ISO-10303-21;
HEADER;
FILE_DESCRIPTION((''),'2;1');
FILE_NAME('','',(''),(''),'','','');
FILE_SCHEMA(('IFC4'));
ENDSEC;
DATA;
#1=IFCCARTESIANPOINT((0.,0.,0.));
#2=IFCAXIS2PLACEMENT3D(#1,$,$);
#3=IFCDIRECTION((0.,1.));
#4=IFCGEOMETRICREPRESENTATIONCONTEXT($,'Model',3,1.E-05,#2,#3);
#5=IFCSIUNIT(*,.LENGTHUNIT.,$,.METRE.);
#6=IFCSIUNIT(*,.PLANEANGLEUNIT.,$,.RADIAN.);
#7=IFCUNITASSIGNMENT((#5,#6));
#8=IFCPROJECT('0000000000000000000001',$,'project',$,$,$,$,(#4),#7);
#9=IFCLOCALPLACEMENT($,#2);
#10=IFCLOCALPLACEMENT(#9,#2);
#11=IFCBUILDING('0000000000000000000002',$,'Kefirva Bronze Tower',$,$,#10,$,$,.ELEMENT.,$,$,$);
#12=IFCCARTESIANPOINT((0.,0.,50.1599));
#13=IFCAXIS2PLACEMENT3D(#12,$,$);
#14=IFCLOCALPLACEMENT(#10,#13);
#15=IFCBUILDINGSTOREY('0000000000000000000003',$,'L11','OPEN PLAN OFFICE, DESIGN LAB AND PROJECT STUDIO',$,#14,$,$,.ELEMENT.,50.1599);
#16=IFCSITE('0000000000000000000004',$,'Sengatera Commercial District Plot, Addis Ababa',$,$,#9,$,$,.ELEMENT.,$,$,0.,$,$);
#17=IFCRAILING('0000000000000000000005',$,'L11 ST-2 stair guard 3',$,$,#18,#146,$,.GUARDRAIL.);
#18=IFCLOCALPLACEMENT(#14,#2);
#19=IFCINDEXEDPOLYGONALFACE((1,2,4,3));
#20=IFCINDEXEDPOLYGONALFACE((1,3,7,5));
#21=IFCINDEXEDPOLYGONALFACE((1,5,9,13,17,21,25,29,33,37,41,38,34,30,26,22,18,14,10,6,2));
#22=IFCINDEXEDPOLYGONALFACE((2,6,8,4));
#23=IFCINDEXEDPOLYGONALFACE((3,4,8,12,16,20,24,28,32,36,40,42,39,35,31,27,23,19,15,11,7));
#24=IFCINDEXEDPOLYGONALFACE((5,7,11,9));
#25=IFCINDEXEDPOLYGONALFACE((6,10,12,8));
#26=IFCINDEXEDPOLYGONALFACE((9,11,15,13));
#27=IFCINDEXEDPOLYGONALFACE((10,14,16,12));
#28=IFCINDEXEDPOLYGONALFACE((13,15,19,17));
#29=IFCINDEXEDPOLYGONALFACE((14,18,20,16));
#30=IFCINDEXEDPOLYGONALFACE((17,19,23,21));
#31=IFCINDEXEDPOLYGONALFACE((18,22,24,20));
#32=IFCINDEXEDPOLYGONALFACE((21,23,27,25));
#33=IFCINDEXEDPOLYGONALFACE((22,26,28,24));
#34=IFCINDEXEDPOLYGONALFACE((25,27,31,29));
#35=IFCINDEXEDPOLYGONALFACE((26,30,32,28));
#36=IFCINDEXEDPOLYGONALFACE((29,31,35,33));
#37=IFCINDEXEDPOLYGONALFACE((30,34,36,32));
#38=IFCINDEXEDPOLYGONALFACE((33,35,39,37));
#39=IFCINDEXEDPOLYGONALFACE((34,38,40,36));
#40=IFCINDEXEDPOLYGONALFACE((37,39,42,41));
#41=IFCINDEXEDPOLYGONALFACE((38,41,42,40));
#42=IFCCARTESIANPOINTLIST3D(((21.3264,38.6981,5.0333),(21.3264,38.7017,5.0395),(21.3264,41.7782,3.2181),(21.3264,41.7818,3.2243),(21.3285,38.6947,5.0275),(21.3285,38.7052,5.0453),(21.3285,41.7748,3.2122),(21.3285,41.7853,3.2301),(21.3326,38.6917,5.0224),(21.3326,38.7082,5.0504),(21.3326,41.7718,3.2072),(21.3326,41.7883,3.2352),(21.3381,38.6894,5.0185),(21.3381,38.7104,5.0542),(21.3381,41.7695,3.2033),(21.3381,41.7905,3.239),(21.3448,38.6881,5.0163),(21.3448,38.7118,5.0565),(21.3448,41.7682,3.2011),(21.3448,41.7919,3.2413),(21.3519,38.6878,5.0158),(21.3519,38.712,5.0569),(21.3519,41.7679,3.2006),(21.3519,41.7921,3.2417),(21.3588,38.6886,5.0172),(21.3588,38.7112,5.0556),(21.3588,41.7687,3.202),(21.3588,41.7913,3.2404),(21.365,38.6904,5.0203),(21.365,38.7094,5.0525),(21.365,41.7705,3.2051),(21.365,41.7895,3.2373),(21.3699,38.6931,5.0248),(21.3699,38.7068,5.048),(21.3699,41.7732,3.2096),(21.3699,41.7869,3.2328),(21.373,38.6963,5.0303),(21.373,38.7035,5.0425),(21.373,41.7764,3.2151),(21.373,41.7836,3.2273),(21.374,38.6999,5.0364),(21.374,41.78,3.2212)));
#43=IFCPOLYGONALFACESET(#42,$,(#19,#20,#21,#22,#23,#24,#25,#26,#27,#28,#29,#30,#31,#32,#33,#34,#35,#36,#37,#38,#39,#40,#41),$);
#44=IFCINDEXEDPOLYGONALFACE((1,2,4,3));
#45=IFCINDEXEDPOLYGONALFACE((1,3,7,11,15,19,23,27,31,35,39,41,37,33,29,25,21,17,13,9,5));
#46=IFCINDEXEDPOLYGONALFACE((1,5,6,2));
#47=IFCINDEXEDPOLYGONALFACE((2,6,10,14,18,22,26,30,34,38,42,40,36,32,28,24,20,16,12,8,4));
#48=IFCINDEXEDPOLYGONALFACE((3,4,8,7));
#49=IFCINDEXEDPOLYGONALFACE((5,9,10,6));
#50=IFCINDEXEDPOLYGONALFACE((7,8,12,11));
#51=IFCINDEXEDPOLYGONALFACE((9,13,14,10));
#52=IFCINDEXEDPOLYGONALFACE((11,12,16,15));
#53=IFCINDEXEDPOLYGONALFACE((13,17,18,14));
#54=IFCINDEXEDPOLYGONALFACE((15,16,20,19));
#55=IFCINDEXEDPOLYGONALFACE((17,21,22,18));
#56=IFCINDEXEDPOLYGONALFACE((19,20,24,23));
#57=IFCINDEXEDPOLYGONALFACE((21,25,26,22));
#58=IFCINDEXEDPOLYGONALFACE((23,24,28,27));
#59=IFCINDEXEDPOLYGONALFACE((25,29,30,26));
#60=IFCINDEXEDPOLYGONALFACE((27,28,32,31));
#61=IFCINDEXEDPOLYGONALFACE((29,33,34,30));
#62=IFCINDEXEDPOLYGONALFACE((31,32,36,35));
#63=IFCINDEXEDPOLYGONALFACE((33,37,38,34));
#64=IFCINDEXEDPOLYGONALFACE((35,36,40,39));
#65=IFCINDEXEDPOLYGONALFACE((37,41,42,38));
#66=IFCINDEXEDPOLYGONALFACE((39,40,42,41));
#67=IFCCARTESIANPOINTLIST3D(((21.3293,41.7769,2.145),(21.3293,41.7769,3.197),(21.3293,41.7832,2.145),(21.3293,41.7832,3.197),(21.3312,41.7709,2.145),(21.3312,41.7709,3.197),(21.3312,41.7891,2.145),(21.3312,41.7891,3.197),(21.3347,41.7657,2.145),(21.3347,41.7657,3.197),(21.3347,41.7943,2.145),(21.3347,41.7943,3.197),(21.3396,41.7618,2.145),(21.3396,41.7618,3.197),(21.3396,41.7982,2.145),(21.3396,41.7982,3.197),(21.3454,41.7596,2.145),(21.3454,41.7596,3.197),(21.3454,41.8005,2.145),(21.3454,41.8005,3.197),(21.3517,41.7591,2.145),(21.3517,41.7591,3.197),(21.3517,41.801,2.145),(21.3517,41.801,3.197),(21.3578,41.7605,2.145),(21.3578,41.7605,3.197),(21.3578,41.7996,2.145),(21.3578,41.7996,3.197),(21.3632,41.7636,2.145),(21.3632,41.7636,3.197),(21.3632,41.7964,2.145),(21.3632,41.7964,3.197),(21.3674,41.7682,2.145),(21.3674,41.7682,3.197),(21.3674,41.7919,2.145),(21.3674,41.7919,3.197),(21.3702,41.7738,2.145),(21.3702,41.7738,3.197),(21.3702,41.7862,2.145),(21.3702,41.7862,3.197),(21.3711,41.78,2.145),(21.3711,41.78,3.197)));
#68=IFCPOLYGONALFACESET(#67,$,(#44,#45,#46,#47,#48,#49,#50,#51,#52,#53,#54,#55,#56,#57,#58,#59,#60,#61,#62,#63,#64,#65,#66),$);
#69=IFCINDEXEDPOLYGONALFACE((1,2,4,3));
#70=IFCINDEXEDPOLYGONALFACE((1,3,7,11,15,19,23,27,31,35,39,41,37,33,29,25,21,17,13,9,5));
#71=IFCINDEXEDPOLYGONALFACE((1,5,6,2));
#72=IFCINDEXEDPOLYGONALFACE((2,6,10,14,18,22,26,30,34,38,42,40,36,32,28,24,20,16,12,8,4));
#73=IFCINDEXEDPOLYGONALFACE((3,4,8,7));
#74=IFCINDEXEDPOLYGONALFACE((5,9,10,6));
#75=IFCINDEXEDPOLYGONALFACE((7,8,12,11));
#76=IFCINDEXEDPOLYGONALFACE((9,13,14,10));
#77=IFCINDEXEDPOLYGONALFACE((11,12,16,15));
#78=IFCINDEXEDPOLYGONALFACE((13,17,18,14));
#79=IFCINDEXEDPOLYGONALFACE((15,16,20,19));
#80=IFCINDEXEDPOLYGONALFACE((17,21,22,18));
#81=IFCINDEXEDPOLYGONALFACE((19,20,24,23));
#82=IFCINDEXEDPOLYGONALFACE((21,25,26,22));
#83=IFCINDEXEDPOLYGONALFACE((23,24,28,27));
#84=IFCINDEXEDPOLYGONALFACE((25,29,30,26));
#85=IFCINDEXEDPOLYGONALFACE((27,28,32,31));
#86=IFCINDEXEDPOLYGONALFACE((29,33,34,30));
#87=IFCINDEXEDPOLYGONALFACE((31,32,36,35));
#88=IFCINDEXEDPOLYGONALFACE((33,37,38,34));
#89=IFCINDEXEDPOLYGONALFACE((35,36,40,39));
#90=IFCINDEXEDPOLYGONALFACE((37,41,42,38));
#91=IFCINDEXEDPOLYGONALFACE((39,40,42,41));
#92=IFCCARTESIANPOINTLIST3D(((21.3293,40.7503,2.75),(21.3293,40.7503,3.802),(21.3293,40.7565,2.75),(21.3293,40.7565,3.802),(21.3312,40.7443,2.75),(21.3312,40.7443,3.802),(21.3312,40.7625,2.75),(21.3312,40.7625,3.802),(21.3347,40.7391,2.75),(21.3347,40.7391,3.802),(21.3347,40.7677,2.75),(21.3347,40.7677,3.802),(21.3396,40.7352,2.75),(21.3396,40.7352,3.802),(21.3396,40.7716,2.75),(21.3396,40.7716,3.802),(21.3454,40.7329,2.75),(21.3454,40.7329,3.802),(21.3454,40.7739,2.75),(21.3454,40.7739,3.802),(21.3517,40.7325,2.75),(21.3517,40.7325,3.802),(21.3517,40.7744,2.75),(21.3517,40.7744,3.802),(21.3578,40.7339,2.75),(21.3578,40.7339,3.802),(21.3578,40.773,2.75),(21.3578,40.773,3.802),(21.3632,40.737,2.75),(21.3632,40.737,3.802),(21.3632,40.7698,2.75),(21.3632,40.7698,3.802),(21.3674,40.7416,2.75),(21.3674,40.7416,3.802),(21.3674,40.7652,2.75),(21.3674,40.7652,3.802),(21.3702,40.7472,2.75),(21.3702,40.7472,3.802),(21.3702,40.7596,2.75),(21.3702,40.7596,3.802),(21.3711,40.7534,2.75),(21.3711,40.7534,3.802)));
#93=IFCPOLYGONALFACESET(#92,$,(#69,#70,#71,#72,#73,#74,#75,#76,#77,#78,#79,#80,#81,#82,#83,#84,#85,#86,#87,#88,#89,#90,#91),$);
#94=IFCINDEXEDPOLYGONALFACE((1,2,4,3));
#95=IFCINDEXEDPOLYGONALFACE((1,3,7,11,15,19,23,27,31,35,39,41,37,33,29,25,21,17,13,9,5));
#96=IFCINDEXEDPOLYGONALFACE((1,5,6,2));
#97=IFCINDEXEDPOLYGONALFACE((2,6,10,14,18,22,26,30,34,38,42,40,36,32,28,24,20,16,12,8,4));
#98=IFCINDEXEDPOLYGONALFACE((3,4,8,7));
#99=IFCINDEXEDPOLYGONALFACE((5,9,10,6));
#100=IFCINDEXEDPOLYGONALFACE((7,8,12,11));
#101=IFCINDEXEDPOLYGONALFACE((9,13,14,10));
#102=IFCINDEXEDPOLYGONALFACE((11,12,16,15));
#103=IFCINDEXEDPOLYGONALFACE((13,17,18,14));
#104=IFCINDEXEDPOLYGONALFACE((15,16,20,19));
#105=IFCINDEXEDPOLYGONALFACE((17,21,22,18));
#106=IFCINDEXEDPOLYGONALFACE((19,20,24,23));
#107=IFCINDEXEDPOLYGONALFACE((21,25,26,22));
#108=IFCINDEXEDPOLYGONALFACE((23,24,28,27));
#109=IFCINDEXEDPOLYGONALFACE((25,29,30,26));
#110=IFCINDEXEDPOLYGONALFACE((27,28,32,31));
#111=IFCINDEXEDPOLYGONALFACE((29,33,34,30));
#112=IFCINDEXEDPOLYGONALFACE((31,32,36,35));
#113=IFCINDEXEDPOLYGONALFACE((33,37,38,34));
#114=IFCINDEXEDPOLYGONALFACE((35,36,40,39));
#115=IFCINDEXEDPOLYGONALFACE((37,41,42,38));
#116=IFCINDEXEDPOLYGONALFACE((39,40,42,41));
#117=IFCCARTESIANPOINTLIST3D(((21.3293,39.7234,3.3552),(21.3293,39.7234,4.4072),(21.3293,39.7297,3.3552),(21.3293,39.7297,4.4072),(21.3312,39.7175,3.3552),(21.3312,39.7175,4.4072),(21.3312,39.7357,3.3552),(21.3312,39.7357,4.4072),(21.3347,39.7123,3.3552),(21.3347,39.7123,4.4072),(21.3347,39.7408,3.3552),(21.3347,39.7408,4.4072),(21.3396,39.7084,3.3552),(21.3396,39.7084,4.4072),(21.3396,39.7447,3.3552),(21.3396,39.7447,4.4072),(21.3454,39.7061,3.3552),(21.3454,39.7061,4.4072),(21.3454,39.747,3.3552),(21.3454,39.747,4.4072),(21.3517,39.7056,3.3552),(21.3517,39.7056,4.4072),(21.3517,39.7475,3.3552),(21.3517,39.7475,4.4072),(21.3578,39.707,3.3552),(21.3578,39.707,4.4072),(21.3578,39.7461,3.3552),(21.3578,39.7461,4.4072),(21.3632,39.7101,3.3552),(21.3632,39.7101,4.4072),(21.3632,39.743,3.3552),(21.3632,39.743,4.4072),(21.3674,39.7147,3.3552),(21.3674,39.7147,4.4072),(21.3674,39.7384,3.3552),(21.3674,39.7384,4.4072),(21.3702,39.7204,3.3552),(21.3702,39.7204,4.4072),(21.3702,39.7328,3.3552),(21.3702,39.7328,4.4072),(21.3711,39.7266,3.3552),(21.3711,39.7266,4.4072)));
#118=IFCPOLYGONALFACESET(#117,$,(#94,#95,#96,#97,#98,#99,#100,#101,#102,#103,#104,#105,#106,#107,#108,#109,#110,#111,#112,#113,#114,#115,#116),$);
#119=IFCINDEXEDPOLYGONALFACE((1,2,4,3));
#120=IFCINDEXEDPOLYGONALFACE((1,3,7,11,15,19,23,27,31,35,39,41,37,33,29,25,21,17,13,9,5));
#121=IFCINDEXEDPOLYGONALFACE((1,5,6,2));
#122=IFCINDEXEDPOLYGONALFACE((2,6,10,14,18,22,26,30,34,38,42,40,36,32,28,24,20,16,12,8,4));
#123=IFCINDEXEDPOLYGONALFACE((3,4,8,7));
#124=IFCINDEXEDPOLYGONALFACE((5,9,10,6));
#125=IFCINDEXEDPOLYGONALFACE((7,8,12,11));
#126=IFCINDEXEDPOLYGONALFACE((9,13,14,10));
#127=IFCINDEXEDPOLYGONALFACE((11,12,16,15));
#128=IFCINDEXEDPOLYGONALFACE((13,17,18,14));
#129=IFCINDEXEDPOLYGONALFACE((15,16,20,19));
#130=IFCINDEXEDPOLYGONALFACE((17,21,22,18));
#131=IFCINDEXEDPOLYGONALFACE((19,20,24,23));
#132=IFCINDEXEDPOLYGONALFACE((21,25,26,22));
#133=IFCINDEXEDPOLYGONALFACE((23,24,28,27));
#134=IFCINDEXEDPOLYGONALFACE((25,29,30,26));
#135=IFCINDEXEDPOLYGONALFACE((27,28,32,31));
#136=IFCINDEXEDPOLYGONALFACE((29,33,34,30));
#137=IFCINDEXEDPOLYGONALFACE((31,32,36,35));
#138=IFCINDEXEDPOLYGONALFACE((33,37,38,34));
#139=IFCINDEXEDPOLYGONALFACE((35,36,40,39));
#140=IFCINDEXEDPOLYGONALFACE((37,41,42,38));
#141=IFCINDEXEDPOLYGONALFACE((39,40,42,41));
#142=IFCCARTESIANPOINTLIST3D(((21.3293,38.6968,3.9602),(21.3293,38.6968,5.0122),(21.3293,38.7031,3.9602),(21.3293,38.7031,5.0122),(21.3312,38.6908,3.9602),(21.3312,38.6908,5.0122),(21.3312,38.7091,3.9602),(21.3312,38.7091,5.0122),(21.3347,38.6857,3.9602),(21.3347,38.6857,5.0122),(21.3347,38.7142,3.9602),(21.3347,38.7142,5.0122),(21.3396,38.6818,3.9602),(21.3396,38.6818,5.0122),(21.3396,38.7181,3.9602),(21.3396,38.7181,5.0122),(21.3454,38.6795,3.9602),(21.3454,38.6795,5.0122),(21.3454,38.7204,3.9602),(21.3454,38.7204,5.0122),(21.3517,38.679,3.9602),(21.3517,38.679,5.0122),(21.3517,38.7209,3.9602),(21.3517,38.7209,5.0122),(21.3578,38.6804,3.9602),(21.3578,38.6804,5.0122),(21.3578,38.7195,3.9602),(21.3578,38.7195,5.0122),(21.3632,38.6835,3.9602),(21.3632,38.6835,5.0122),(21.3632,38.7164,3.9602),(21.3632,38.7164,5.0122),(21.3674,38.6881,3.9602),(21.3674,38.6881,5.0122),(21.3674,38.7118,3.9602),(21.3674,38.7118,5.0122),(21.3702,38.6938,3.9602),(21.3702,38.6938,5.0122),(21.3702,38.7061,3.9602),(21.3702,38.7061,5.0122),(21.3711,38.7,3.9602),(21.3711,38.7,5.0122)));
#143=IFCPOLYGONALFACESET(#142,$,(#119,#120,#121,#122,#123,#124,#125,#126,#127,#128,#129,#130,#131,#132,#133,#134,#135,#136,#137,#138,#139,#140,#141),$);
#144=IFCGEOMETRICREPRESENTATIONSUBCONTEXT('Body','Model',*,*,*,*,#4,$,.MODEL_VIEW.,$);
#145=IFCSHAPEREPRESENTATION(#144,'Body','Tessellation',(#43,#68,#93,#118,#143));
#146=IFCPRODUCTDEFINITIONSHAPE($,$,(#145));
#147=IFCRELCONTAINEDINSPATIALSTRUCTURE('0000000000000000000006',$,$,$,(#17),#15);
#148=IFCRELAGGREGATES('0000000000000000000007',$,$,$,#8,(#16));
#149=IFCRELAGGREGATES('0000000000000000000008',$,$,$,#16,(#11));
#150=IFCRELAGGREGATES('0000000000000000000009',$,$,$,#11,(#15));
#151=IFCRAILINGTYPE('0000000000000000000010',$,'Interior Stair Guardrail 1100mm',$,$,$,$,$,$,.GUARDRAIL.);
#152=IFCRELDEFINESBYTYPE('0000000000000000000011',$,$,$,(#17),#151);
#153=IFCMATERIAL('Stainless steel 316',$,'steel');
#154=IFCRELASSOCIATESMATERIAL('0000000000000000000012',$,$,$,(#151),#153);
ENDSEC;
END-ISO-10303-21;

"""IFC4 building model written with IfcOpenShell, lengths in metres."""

from ifc_helpers import new_model, si_unit, direction, frame, origin, origin_2d, place, context, subcontext, project, spatial, circle, extrude, material, type_object, element, save


model = new_model("IFC4")

# Units and contexts
model_context = context("Model", 3, precision=1e-05, world=origin(), true_north=direction((0.0, 1.0)))
body_context = subcontext(model_context, "Body", "Model", "MODEL_VIEW")
ifc_project = project(units=[si_unit("LENGTHUNIT", "METRE"), si_unit("PLANEANGLEUNIT", "RADIAN")], contexts=[model_context])

# Site, building, storey
site_placement = place(None, origin())
site = spatial("IfcSite", under=ifc_project, at=site_placement, Name="Sengatera Commercial District Plot, Addis Ababa", CompositionType="ELEMENT", RefElevation=0.0)
building_placement = place(site_placement, origin())
building = spatial("IfcBuilding", under=site, at=building_placement, Name="Kefirva Bronze Tower", CompositionType="ELEMENT")
storey_placement = place(building_placement, frame((0.0, 0.0, 50.1599)))
storey = spatial("IfcBuildingStorey", under=building, at=storey_placement, Name="L11", Description="OPEN PLAN OFFICE, DESIGN LAB AND PROJECT STUDIO", CompositionType="ELEMENT", Elevation=50.1599)

# Railing
ifc_material_1 = material(Name="Stainless steel 316", Category="steel")
railing_type_1 = type_object("IfcRailingType", Name="Interior Stair Guardrail 1100mm", PredefinedType="GUARDRAIL", material=ifc_material_1)
railing_1_placement = place(storey_placement, frame((21.3501, 41.78, 2.145)))
element("IfcRailing", 1, at=railing_1_placement, inside=storey, type_object=railing_type_1, Name="L11 ST-2 stair guard 3", PredefinedType="GUARDRAIL", context=body_context, shape_type="SweptSolid", body=[
    extrude(circle(Radius=0.0239, at=origin_2d()), frame((0.0, 0.0, 1.0762), z_axis=(0.0, -0.861521, 0.507721), x_axis=(1.0, 0.0, 0.0)), (0.0, 0.0, 1.0), 3.5752),
    extrude(circle(Radius=0.021, at=origin_2d()), origin(), (0.0, 0.0, 1.0), 1.052),
    extrude(circle(Radius=0.021, at=origin_2d()), frame((0.0, -1.0266, 0.605)), (0.0, 0.0, 1.0), 1.052),
    extrude(circle(Radius=0.021, at=origin_2d()), frame((0.0, -2.0535, 1.2102)), (0.0, 0.0, 1.0), 1.052),
    extrude(circle(Radius=0.021, at=origin_2d()), frame((0.0, -3.0801, 1.8152)), (0.0, 0.0, 1.0), 1.052),
])

save(model, "model.ifc")
